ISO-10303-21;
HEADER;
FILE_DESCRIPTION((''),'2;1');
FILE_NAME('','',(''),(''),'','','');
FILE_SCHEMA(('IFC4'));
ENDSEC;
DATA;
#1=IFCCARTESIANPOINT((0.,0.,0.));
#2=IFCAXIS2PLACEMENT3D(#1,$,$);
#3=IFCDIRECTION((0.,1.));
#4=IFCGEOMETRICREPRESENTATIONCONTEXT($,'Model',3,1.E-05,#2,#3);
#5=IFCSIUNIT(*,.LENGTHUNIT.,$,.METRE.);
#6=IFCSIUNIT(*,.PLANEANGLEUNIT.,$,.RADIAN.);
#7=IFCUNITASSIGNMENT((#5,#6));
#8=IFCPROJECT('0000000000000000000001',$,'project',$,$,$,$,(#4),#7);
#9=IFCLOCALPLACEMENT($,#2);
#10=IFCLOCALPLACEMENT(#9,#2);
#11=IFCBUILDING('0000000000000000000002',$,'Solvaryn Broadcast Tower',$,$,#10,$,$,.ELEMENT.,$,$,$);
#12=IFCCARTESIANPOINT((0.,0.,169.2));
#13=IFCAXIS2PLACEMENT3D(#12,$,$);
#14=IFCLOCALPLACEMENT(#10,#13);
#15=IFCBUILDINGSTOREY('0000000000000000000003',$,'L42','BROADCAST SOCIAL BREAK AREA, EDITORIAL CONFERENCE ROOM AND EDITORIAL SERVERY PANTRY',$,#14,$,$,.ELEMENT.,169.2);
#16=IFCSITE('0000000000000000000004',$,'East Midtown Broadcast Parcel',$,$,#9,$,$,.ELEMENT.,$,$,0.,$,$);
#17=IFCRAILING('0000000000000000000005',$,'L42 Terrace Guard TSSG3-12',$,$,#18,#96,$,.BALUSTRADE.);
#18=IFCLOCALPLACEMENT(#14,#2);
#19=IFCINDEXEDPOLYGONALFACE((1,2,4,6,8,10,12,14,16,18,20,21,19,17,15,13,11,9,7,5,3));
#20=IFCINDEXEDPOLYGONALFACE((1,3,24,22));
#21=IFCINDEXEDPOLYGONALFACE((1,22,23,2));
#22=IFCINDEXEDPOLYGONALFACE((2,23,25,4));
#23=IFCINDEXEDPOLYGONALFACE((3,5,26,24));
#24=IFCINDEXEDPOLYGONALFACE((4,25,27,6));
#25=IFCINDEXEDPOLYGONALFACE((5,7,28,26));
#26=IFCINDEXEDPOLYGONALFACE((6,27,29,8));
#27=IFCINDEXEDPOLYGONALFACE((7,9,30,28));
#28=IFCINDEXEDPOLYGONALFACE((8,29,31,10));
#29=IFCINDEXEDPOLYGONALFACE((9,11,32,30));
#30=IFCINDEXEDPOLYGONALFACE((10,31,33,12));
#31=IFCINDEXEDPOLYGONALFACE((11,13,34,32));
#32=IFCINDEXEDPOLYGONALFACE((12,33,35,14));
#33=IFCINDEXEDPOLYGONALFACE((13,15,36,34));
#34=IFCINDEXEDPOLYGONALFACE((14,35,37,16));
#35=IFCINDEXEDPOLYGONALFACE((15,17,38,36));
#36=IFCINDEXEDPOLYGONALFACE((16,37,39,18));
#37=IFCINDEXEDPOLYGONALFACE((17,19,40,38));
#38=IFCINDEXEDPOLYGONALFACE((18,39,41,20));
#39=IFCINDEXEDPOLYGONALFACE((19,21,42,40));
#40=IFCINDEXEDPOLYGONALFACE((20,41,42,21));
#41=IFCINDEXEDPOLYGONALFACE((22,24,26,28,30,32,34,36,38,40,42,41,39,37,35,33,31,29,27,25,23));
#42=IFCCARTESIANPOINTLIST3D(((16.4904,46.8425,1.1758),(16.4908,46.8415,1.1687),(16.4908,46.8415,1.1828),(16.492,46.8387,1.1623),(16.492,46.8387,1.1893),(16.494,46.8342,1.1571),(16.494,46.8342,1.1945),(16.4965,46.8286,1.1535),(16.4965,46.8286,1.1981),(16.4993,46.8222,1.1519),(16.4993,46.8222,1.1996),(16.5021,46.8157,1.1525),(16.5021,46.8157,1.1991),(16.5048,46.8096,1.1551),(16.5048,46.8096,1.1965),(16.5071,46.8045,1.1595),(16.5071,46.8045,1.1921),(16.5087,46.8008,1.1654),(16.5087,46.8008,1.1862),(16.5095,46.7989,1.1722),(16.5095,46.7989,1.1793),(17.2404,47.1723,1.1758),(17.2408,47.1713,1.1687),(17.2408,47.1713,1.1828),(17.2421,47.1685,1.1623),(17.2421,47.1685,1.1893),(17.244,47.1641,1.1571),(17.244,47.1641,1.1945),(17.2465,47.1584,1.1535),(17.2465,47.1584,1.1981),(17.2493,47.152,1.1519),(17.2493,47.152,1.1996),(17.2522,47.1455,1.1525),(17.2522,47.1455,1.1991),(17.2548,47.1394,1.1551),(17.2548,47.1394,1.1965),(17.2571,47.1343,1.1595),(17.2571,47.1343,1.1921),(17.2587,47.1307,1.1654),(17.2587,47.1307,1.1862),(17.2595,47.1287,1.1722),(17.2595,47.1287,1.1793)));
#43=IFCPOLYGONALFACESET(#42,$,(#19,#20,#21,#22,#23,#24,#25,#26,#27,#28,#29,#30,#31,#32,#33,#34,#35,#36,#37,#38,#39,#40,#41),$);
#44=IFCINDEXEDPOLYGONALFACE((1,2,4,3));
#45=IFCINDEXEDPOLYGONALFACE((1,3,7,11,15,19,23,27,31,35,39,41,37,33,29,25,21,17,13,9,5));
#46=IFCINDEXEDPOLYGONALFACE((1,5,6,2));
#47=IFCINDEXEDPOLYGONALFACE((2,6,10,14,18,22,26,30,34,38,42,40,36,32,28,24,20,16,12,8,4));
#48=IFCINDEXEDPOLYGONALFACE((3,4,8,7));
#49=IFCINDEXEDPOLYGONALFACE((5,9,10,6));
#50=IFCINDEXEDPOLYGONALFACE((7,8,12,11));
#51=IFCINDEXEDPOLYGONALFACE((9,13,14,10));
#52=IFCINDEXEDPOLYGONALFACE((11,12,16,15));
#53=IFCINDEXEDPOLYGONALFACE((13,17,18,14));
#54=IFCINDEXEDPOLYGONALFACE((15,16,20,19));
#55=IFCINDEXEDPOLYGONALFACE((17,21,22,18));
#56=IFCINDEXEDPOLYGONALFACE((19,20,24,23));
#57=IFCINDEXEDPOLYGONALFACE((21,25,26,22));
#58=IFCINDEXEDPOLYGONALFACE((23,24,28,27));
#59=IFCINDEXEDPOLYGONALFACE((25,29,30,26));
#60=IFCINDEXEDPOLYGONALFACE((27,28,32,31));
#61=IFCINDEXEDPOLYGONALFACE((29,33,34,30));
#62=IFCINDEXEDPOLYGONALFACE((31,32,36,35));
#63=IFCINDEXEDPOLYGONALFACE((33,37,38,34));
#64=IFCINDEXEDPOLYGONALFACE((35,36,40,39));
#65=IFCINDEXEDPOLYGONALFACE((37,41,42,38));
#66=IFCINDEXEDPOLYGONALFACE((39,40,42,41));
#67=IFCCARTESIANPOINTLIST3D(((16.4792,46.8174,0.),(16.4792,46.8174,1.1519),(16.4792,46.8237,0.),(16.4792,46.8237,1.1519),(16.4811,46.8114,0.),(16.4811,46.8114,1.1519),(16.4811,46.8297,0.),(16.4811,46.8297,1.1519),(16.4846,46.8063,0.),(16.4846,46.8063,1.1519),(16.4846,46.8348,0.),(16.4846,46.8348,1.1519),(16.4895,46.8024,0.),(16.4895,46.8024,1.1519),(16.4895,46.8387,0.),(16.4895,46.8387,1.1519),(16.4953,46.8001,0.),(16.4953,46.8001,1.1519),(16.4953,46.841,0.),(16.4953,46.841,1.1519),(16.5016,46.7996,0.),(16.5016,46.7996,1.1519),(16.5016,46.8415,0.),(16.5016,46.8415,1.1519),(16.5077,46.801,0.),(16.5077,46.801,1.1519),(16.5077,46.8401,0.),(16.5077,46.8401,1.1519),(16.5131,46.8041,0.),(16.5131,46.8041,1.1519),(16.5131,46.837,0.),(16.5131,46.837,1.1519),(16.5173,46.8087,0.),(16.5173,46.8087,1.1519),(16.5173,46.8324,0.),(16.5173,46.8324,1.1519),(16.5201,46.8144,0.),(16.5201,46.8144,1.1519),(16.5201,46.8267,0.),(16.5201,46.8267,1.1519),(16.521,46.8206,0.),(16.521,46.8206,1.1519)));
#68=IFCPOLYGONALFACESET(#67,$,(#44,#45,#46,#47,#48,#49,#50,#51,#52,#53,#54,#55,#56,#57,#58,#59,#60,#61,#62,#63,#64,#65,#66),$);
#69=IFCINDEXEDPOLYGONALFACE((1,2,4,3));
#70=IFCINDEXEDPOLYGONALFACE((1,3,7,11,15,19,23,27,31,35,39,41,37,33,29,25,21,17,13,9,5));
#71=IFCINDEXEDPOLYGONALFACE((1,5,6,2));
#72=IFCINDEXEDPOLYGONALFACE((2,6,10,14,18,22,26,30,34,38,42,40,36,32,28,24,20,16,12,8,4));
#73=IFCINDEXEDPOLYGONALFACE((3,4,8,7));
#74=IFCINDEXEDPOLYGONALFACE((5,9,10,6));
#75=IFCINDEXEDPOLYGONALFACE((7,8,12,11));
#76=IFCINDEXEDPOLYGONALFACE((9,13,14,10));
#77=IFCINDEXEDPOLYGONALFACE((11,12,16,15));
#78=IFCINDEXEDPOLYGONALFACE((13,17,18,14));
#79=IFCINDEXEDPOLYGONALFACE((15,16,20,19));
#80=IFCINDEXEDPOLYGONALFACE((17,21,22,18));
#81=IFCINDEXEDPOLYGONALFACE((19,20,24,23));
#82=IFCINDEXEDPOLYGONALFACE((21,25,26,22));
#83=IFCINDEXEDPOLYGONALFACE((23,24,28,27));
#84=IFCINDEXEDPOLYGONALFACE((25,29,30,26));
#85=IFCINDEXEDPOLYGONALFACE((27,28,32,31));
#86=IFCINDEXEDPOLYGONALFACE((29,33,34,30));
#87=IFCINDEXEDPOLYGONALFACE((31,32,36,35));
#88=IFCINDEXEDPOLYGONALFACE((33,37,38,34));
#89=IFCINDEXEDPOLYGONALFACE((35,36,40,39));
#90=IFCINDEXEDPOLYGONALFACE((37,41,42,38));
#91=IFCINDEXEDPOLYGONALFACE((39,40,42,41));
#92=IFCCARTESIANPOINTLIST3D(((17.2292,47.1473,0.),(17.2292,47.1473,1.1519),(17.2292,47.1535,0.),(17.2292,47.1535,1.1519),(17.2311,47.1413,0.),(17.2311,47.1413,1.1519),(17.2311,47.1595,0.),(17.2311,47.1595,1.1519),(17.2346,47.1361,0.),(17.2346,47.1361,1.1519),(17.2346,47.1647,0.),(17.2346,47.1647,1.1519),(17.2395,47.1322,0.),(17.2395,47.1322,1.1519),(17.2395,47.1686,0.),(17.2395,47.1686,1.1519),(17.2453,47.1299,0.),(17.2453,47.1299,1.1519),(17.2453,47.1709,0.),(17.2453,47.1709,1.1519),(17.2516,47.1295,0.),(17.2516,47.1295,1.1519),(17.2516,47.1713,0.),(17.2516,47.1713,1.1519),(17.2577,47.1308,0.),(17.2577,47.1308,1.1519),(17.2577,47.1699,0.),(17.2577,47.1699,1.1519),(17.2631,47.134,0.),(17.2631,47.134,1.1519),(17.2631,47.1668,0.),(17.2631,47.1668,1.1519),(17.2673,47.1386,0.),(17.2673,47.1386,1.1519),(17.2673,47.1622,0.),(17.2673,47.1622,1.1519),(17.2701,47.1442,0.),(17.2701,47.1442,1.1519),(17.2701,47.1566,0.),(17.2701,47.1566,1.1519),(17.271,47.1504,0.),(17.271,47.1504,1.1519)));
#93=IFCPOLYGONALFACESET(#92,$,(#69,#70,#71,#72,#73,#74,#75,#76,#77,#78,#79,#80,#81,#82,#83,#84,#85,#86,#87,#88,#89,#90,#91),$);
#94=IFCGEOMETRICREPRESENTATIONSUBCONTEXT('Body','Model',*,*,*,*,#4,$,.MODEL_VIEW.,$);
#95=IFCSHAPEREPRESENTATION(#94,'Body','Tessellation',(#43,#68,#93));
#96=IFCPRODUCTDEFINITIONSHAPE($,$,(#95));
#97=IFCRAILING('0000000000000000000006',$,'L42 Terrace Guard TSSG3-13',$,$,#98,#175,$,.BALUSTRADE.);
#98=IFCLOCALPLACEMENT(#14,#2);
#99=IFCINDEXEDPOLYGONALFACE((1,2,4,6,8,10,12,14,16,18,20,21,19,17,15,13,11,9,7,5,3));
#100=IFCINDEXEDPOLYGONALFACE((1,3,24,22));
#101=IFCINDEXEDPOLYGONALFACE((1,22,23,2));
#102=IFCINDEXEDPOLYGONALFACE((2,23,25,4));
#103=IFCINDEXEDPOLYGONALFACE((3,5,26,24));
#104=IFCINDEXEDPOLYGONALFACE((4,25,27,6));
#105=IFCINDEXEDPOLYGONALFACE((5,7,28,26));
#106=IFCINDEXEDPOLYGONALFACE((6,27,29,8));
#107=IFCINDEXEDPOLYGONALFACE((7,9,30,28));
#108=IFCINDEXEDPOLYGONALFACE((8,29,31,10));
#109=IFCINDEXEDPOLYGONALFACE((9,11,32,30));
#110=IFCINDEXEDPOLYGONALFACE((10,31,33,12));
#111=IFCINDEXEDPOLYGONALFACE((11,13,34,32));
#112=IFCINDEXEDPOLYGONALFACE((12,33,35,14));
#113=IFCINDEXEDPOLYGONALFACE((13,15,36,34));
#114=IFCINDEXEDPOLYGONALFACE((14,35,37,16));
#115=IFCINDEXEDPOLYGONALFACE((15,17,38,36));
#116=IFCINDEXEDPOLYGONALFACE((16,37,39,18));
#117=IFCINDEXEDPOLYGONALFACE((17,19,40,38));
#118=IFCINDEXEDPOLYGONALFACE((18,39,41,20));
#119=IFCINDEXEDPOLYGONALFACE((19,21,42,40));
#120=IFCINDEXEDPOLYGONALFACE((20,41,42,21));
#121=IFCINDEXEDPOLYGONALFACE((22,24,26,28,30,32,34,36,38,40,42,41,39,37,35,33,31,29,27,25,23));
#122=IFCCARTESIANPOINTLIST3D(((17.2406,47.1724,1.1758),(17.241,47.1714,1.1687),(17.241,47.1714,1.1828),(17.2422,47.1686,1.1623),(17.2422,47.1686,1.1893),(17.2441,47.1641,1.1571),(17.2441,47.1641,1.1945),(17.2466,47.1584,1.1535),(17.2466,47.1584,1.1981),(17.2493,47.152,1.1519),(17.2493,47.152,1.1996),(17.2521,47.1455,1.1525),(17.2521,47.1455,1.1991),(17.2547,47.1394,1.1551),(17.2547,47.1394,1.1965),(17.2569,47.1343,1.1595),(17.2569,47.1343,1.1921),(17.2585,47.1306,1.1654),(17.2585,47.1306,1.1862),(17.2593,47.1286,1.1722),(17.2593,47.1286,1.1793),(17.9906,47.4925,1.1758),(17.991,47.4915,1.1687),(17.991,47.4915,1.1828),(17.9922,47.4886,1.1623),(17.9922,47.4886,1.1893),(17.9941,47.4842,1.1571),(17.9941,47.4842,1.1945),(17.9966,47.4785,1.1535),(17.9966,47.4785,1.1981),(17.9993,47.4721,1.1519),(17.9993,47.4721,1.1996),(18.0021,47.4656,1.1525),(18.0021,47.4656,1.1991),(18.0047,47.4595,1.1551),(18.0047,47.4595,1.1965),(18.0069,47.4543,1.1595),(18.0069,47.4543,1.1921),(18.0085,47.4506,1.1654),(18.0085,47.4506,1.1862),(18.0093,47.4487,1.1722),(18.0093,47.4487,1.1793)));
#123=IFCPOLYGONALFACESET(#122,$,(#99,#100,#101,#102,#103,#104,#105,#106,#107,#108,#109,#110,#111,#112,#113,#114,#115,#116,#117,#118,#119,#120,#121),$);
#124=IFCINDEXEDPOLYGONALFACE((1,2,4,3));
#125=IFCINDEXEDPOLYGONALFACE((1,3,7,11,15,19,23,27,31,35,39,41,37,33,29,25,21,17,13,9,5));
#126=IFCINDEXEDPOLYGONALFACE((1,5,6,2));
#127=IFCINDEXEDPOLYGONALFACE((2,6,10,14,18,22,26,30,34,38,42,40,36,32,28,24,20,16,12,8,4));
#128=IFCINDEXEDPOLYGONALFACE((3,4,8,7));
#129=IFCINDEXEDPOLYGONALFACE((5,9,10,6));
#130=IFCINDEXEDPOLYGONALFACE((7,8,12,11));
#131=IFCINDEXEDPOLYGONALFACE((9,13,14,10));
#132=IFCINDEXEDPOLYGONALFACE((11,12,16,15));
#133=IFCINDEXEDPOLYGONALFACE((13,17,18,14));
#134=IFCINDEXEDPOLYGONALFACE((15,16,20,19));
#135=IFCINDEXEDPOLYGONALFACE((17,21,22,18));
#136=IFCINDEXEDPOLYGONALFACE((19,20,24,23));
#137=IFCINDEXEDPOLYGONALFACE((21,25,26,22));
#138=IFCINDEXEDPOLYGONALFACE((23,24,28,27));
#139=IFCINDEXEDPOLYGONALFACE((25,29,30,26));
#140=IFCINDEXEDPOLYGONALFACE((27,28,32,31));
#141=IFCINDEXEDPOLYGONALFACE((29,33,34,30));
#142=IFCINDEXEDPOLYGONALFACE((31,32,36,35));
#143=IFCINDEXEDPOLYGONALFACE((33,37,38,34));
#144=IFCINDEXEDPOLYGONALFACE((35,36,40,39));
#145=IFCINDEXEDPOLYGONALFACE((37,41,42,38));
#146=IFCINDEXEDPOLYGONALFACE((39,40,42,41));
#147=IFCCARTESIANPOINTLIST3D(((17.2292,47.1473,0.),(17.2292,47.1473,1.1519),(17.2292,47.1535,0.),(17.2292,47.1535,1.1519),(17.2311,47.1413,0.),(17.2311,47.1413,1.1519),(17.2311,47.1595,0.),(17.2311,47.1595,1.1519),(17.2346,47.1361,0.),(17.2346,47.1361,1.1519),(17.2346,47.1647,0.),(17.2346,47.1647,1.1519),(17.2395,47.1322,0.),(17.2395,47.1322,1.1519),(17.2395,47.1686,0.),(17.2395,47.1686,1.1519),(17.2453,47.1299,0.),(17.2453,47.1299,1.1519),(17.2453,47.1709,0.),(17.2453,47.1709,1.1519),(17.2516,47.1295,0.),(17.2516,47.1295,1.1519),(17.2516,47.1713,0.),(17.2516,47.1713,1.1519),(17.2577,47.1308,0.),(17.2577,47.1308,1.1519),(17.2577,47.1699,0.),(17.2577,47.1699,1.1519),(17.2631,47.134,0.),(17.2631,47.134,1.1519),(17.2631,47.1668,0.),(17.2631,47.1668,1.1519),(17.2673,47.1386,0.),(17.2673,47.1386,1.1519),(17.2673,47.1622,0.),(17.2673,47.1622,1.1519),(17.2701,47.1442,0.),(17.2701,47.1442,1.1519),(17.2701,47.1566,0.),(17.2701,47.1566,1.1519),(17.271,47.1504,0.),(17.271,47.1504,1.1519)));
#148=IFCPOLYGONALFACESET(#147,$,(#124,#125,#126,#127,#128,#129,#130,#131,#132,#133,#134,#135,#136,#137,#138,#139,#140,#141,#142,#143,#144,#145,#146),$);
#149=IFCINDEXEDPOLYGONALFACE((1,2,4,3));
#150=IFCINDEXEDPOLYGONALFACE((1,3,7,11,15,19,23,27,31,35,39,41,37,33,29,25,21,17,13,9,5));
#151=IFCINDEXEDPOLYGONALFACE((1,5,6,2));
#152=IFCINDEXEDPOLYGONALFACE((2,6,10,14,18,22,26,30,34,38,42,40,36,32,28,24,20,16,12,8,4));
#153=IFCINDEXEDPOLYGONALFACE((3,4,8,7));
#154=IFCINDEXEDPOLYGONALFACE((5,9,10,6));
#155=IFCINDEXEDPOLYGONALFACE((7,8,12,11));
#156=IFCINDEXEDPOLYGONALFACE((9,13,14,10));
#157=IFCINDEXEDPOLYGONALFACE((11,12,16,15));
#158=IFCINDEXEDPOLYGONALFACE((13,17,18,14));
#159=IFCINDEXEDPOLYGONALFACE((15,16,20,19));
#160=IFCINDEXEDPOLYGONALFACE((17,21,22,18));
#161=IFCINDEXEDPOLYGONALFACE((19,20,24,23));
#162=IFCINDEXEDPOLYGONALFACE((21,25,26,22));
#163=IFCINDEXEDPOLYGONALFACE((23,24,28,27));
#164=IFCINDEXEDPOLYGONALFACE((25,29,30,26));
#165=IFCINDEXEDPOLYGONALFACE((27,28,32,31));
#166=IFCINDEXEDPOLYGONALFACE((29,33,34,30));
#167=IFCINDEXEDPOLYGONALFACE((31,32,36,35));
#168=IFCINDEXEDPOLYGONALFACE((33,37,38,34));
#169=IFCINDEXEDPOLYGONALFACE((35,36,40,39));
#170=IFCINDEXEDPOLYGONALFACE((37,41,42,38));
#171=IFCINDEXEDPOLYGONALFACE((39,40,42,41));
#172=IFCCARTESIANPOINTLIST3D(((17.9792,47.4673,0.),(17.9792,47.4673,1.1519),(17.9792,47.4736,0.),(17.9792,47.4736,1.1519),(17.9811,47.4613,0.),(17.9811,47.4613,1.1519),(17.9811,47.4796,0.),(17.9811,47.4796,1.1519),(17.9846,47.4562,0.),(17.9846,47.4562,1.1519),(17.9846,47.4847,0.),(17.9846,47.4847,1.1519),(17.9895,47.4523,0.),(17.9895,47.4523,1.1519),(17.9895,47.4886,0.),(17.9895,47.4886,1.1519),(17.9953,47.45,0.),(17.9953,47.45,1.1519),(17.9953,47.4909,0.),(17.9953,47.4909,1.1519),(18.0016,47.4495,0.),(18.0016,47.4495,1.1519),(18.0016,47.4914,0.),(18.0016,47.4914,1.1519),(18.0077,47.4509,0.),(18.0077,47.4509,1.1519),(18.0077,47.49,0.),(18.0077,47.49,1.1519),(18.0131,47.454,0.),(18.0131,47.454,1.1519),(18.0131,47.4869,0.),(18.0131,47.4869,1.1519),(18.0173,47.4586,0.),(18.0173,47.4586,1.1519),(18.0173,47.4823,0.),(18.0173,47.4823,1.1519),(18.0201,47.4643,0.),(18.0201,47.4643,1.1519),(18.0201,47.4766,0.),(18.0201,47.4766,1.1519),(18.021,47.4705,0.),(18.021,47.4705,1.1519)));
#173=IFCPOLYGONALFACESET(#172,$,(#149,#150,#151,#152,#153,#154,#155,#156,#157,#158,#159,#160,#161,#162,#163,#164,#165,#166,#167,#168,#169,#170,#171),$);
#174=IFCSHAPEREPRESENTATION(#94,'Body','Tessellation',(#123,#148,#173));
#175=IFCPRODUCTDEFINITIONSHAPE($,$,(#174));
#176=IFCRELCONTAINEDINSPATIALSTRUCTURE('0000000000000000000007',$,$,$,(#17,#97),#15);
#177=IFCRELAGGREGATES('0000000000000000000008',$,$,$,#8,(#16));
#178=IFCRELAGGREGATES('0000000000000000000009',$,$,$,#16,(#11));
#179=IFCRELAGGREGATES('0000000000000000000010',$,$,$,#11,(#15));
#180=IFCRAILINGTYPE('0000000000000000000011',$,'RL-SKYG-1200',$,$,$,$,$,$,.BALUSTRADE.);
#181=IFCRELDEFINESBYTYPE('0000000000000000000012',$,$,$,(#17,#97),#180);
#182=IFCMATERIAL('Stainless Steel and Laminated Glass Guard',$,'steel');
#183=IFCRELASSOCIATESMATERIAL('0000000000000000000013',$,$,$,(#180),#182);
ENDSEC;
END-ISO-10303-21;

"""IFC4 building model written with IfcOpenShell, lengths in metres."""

from ifc_helpers import new_model, si_unit, direction, frame, origin, origin_2d, place, context, subcontext, project, spatial, circle, extrude, material, type_object, element, save


model = new_model("IFC4")

# Units and contexts
model_context = context("Model", 3, precision=1e-05, world=origin(), true_north=direction((0.0, 1.0)))
body_context = subcontext(model_context, "Body", "Model", "MODEL_VIEW")
ifc_project = project(units=[si_unit("LENGTHUNIT", "METRE"), si_unit("PLANEANGLEUNIT", "RADIAN")], contexts=[model_context])

# Site, building, storey
site_placement = place(None, origin())
site = spatial("IfcSite", under=ifc_project, at=site_placement, Name="East Midtown Broadcast Parcel", CompositionType="ELEMENT", RefElevation=0.0)
building_placement = place(site_placement, origin())
building = spatial("IfcBuilding", under=site, at=building_placement, Name="Solvaryn Broadcast Tower", CompositionType="ELEMENT")
storey_placement = place(building_placement, frame((0.0, 0.0, 169.2)))
storey = spatial("IfcBuildingStorey", under=building, at=storey_placement, Name="L42", Description="BROADCAST SOCIAL BREAK AREA, EDITORIAL CONFERENCE ROOM AND EDITORIAL SERVERY PANTRY", CompositionType="ELEMENT", Elevation=169.2)

# Railings
ifc_material_1 = material(Name="Stainless Steel and Laminated Glass Guard", Category="steel")
railing_type = type_object("IfcRailingType", Name="RL-SKYG-1200", PredefinedType="BALUSTRADE", material=ifc_material_1)
railing_1_placement = place(storey_placement, frame((16.5, 46.8206, 0.0)))
element("IfcRailing", 1, at=railing_1_placement, inside=storey, type_object=railing_type, Name="L42 Terrace Guard TSSG3-12", PredefinedType="BALUSTRADE", context=body_context, shape_type="SweptSolid", body=[
    extrude(circle(Radius=0.0239, at=origin_2d()), frame((0.0, 0.0, 1.1758), z_axis=(0.91539, 0.402569, 0.0), x_axis=(-0.402569, 0.91539, 0.0)), (0.0, 0.0, 1.0), 0.8193),
    extrude(circle(Radius=0.021, at=origin_2d()), origin(), (0.0, 0.0, 1.0), 1.1519),
    extrude(circle(Radius=0.021, at=origin_2d()), frame((0.75, 0.3298, 0.0)), (0.0, 0.0, 1.0), 1.1519),
])
railing_2_placement = place(storey_placement, frame((17.25, 47.1504, 0.0)))
element("IfcRailing", 2, at=railing_2_placement, inside=storey, type_object=railing_type, Name="L42 Terrace Guard TSSG3-13", PredefinedType="BALUSTRADE", context=body_context, shape_type="SweptSolid", body=[
    extrude(circle(Radius=0.0239, at=origin_2d()), frame((0.0, 0.0, 1.1758), z_axis=(0.919748, 0.39251, 0.0), x_axis=(-0.39251, 0.919748, 0.0)), (0.0, 0.0, 1.0), 0.8154),
    extrude(circle(Radius=0.021, at=origin_2d()), origin(), (0.0, 0.0, 1.0), 1.1519),
    extrude(circle(Radius=0.021, at=origin_2d()), frame((0.75, 0.3201, 0.0)), (0.0, 0.0, 1.0), 1.1519),
])

save(model, "model.ifc")
